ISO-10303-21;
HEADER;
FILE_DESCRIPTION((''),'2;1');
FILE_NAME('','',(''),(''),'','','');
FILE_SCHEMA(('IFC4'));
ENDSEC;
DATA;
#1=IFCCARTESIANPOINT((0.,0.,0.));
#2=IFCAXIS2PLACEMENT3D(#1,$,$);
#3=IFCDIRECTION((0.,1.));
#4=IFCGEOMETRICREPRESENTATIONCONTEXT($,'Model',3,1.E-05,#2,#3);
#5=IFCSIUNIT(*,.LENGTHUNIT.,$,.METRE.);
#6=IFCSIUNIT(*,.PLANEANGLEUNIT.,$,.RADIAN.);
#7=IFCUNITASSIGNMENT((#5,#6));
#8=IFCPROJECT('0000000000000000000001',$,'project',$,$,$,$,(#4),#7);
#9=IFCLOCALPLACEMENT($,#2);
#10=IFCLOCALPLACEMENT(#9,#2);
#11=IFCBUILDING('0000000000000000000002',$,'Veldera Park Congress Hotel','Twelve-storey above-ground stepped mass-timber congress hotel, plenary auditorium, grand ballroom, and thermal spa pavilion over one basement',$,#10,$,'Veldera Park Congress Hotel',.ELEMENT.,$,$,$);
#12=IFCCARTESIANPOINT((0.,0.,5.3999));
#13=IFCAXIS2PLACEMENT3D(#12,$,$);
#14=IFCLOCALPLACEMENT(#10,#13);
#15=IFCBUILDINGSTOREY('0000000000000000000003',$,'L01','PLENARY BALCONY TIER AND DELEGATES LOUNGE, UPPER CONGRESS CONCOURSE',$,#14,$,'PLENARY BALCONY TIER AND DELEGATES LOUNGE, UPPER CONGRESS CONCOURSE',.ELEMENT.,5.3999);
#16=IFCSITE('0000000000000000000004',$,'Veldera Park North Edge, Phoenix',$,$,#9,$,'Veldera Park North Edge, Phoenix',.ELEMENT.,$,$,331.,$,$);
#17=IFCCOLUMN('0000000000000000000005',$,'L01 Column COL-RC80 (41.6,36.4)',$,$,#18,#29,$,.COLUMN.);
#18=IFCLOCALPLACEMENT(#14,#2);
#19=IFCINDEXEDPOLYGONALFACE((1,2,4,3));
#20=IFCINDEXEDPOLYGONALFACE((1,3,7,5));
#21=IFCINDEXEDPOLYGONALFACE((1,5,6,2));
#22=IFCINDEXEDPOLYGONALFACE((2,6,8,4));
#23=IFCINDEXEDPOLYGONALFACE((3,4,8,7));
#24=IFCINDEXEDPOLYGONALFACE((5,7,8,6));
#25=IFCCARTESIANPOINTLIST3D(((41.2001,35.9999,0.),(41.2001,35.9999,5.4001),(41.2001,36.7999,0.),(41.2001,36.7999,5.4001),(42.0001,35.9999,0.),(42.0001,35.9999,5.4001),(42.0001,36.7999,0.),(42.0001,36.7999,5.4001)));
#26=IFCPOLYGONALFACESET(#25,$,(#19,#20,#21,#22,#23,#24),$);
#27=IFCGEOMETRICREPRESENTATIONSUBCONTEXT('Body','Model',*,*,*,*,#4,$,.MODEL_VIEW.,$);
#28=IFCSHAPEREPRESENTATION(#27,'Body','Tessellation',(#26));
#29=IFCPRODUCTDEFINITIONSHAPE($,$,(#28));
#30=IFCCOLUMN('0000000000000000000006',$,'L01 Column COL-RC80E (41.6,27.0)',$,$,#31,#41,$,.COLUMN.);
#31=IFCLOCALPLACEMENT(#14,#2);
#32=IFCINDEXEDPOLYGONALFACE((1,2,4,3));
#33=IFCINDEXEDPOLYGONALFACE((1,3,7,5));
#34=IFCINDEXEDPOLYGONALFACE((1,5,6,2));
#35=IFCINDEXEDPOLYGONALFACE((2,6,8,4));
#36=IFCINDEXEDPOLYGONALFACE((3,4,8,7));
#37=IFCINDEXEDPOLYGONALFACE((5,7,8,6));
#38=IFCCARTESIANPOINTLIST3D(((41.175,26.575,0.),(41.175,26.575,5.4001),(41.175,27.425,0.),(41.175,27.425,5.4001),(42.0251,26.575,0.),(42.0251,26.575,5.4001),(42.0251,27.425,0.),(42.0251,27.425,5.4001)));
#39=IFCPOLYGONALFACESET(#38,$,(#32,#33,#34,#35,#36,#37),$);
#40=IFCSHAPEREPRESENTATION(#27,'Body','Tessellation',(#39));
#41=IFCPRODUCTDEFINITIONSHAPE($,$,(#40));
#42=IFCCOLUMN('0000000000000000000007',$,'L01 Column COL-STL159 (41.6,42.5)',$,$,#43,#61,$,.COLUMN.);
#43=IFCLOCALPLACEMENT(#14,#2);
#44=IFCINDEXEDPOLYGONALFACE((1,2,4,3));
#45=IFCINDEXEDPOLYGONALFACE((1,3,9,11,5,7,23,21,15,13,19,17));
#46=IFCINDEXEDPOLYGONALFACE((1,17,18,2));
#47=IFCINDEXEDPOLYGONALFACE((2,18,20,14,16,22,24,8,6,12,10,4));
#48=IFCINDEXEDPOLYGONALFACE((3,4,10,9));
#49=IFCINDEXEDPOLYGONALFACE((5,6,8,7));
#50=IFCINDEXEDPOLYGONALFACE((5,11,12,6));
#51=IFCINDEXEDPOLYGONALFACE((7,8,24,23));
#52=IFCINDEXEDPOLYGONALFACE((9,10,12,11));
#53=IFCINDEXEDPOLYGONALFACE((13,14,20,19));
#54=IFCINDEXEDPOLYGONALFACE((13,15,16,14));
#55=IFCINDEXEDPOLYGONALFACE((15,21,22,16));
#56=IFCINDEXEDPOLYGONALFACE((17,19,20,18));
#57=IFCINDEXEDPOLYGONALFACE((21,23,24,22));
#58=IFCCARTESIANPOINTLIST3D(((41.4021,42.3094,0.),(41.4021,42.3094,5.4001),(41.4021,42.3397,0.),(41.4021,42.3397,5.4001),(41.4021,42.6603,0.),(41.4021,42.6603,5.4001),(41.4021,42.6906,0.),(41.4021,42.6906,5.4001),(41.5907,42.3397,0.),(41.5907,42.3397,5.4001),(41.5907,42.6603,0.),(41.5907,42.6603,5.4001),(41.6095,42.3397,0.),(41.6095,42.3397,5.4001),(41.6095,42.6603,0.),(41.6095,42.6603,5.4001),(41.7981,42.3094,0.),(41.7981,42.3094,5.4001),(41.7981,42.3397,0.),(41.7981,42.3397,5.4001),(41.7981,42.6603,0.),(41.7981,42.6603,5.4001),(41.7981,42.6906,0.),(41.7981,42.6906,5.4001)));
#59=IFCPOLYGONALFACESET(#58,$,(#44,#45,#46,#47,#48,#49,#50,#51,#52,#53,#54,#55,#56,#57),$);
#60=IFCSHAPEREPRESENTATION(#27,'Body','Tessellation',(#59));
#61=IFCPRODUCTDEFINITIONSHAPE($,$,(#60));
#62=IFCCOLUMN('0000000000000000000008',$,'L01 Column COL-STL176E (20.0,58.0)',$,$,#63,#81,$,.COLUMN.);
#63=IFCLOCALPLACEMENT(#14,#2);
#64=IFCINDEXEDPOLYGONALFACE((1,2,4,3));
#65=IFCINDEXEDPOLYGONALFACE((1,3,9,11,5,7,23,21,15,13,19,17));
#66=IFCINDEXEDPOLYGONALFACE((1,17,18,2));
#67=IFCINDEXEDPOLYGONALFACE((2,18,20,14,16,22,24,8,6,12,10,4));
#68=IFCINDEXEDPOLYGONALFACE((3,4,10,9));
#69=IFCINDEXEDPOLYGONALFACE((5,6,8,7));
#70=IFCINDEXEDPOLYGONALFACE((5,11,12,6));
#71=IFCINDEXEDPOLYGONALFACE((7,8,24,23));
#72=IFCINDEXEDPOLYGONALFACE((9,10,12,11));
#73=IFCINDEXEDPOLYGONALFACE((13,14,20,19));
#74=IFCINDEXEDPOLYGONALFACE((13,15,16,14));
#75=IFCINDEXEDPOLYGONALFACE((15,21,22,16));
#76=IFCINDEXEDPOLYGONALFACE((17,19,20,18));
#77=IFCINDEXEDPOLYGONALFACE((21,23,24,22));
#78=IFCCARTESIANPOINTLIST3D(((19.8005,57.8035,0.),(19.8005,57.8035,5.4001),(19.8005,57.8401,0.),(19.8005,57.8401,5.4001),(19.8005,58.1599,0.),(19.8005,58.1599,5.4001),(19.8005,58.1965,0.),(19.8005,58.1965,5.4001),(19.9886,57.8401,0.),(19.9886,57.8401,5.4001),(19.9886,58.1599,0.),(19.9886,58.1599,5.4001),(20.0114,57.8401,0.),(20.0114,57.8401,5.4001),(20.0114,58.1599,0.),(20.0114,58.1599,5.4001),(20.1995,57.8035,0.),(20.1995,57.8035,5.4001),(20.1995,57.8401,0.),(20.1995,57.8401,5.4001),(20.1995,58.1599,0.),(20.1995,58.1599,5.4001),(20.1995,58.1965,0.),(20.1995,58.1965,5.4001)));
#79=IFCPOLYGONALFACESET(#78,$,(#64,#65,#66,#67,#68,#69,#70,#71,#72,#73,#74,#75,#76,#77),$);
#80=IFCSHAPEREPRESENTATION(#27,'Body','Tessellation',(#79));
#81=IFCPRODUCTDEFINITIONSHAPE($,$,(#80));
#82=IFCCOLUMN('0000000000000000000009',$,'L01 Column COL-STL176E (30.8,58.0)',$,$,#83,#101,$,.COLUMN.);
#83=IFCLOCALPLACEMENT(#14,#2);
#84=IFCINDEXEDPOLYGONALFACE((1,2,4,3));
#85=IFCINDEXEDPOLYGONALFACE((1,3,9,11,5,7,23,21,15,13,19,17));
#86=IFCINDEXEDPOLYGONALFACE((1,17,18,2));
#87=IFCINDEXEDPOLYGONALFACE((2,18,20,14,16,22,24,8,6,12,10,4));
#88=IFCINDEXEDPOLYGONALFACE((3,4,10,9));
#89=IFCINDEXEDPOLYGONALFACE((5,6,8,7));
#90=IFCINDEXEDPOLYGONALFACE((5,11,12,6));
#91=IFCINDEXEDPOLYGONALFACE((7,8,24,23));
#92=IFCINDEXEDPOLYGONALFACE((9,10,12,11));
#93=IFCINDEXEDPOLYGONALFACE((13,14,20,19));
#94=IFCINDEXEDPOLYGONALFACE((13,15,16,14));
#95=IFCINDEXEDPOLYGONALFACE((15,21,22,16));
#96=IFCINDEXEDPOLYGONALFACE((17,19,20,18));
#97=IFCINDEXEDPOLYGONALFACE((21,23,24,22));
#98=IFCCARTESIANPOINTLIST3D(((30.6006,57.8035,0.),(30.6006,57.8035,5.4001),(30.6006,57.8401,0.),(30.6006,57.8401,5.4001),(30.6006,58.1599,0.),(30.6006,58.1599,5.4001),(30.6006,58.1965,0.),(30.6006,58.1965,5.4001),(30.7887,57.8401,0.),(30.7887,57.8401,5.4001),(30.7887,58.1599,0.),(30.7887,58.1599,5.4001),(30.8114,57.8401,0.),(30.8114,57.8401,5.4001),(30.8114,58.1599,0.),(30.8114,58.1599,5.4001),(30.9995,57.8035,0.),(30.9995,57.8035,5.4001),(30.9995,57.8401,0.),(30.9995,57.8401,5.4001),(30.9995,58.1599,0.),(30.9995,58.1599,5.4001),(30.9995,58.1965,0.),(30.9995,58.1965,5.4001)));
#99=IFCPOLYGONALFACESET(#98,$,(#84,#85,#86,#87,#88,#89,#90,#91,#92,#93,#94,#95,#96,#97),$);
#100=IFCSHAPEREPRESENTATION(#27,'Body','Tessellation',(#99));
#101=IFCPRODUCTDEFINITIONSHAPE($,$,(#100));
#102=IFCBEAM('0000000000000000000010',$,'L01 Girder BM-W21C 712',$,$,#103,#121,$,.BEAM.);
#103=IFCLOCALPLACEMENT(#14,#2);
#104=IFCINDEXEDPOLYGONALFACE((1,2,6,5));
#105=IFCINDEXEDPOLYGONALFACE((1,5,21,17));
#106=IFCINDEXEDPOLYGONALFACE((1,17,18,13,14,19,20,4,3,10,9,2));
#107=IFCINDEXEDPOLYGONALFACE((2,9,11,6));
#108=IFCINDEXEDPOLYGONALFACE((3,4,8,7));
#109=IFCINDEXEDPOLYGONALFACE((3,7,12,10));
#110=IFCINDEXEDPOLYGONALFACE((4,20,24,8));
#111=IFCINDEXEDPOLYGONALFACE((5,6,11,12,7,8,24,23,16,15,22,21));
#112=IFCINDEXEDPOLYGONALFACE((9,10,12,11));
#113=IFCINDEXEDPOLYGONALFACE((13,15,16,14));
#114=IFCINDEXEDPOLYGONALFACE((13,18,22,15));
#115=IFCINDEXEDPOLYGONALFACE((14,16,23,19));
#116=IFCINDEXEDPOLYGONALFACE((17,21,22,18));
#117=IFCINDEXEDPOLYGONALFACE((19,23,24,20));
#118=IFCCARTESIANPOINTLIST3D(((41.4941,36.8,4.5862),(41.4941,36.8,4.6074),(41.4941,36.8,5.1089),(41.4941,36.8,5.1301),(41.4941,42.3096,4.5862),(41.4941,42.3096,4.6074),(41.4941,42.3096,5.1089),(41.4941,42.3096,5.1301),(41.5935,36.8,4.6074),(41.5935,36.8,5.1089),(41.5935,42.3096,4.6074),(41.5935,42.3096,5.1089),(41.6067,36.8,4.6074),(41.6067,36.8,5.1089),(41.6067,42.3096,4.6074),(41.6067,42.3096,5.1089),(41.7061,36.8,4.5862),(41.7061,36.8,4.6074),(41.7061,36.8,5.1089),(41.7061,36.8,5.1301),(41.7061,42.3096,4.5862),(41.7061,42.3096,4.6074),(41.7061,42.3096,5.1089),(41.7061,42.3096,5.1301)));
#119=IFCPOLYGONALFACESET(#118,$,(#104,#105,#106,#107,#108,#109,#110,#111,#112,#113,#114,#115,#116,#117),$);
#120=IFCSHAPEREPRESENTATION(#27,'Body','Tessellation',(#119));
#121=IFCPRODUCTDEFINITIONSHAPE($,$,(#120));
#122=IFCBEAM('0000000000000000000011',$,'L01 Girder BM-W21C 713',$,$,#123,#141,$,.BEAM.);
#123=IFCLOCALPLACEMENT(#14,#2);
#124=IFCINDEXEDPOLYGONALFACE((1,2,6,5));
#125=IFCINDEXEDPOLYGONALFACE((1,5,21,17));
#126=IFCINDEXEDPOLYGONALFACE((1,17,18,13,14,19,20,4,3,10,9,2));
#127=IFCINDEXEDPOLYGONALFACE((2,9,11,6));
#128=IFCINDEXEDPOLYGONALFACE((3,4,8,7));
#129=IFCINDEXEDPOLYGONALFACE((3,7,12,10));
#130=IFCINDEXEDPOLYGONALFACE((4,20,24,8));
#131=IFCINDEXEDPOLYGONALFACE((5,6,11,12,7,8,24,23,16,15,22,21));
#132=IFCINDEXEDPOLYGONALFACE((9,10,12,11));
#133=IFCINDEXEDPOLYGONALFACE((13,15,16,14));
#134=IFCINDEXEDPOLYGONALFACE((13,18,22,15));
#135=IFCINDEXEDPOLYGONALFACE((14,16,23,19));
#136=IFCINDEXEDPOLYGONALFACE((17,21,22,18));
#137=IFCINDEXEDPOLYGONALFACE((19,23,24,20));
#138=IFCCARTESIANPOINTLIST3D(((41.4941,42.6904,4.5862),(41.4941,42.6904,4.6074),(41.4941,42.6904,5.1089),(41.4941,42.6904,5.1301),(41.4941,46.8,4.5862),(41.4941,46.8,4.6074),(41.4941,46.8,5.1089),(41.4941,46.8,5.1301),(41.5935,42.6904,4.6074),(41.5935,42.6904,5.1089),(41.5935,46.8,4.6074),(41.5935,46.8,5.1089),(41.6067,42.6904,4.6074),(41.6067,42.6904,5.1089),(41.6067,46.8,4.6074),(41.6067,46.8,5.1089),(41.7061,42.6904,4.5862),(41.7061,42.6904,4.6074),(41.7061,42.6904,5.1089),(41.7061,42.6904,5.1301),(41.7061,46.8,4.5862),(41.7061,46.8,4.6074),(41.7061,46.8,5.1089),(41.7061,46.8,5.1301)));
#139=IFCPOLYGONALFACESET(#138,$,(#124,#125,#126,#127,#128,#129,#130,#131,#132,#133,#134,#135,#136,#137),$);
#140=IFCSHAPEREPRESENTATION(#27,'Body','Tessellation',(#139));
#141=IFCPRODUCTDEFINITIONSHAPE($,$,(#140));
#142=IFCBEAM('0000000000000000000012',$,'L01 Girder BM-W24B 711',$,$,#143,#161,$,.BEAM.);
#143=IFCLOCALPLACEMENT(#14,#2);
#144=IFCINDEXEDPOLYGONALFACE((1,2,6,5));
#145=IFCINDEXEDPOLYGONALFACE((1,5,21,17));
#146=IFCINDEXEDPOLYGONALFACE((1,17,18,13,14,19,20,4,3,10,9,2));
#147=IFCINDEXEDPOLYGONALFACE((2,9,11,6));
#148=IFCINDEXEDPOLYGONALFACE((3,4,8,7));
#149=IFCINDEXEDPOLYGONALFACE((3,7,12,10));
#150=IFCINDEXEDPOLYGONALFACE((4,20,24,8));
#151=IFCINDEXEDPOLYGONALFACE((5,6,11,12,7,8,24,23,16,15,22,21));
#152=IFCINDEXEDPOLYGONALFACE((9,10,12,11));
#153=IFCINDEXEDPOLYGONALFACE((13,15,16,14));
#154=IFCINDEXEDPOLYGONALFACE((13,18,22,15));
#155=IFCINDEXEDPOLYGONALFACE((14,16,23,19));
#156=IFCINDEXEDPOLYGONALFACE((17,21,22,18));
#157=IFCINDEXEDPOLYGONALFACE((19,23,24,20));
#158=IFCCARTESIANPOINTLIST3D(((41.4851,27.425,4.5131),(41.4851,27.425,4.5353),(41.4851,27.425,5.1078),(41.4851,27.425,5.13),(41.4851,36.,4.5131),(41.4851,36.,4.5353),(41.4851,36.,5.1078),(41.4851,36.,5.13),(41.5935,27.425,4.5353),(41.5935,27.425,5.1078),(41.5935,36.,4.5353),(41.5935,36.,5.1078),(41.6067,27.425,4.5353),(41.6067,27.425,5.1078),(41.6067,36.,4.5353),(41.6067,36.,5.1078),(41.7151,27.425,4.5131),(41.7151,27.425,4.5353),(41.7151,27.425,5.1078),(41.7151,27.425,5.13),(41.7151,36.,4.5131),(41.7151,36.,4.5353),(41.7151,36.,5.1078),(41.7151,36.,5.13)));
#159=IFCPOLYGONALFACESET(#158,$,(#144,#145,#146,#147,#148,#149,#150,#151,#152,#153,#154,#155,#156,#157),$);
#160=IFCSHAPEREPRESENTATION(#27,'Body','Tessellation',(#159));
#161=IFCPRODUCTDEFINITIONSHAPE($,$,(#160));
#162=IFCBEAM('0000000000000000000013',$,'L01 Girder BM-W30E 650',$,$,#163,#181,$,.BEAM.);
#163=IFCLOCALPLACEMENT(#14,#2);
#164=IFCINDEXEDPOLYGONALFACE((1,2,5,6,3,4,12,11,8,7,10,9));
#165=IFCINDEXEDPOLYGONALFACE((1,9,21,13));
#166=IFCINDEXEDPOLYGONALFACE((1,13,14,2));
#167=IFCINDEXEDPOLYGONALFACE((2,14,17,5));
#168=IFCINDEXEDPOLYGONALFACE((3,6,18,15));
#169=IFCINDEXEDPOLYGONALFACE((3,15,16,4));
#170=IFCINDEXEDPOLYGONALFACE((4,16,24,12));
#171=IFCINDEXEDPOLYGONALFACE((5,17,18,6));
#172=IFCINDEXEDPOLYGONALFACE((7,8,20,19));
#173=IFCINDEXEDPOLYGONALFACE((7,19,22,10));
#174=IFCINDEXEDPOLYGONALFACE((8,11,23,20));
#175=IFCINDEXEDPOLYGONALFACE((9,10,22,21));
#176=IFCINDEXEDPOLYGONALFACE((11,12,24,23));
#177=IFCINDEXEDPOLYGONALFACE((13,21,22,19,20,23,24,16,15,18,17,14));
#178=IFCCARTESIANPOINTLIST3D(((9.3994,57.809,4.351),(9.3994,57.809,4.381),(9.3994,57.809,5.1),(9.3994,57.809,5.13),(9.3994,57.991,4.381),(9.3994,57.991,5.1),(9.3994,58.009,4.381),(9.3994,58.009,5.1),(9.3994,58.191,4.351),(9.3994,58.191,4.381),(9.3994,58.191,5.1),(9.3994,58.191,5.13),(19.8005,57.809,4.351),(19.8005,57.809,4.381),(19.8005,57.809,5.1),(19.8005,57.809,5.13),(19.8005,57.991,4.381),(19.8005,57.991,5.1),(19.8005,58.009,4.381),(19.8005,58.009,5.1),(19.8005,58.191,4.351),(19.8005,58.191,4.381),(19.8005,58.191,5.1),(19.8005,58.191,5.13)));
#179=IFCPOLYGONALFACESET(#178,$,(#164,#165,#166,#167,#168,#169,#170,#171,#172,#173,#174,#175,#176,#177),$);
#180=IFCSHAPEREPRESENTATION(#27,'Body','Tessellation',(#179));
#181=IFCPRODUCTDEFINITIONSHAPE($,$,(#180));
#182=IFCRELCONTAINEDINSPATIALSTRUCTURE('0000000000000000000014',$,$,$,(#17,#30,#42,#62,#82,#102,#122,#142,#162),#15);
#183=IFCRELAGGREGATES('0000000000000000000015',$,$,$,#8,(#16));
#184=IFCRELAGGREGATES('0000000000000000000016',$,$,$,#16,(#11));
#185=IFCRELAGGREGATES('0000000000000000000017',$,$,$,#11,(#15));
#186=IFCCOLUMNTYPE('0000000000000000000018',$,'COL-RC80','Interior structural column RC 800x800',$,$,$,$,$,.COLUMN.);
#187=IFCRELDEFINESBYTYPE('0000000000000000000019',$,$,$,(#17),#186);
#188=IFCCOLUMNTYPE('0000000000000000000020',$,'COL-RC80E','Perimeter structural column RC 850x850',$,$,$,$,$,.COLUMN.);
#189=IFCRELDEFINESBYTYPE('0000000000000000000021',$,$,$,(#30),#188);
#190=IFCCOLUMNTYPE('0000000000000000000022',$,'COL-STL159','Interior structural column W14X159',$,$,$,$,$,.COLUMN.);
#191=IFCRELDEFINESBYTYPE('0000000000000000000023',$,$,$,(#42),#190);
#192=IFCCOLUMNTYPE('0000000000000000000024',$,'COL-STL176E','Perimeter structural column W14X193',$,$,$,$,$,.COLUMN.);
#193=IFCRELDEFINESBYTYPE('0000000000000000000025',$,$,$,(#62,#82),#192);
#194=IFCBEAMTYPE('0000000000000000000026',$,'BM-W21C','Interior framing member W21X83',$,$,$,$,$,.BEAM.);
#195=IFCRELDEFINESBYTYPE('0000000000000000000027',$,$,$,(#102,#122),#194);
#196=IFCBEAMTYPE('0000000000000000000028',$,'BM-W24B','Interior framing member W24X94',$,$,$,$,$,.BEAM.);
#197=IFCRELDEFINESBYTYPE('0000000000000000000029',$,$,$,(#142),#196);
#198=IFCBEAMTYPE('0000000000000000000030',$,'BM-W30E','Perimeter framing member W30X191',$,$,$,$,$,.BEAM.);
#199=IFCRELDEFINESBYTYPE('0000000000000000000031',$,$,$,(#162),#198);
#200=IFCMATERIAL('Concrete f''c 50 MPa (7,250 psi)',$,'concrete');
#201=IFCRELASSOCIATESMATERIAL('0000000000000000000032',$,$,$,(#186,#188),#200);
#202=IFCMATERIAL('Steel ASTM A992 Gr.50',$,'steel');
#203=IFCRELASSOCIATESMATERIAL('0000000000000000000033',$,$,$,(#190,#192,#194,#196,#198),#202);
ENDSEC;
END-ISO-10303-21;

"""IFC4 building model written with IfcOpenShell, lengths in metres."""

from ifc_helpers import new_model, si_unit, direction, frame, origin, origin_2d, place, context, subcontext, project, spatial, rectangle, i_section, extrude, material, material_profile, profile_set, type_object, element, save


model = new_model("IFC4")

# Units and contexts
model_context = context("Model", 3, precision=1e-05, world=origin(), true_north=direction((0.0, 1.0)))
body_context = subcontext(model_context, "Body", "Model", "MODEL_VIEW")
ifc_project = project(units=[si_unit("LENGTHUNIT", "METRE"), si_unit("PLANEANGLEUNIT", "RADIAN")], contexts=[model_context])

# Site, building, storey
site_placement = place(None, origin())
site = spatial("IfcSite", under=ifc_project, at=site_placement, Name="Veldera Park North Edge, Phoenix", LongName="Veldera Park North Edge, Phoenix", CompositionType="ELEMENT", RefElevation=331.0)
building_placement = place(site_placement, origin())
building = spatial("IfcBuilding", under=site, at=building_placement, Name="Veldera Park Congress Hotel", Description="Twelve-storey above-ground stepped mass-timber congress hotel, plenary auditorium, grand ballroom, and thermal spa pavilion over one basement", LongName="Veldera Park Congress Hotel", CompositionType="ELEMENT")
storey_placement = place(building_placement, frame((0.0, 0.0, 5.3999)))
storey = spatial("IfcBuildingStorey", under=building, at=storey_placement, Name="L01", Description="PLENARY BALCONY TIER AND DELEGATES LOUNGE, UPPER CONGRESS CONCOURSE", LongName="PLENARY BALCONY TIER AND DELEGATES LOUNGE, UPPER CONGRESS CONCOURSE", CompositionType="ELEMENT", Elevation=5.3999)

# Columns
ifc_material_1 = material(Name="Concrete f'c 50 MPa (7,250 psi)", Category="concrete")
ifc_material_profile_1 = material_profile(ifc_material_1, rectangle(XDim=0.8, YDim=0.8, at=origin_2d()), Name="RC 800x800")
ifc_profile_set_1 = profile_set([ifc_material_profile_1], Name="Concrete f'c 50 MPa (7,250 psi)")
column_type_1 = type_object("IfcColumnType", Name="COL-RC80", Description="Interior structural column RC 800x800", PredefinedType="COLUMN", material=ifc_profile_set_1)
column_1_placement = place(storey_placement, frame((41.6001, 36.3999, 0.0), z_axis=(0.0, 0.0, 1.0), x_axis=(1.0, 0.0, 0.0)))
element("IfcColumn", 1, at=column_1_placement, inside=storey, type_object=column_type_1, Name="L01 Column COL-RC80 (41.6,36.4)", PredefinedType="COLUMN", context=body_context, shape_type="SweptSolid", body=[
    extrude(rectangle(XDim=0.8, YDim=0.8, at=origin_2d()), origin(), (0.0, 0.0, 1.0), 5.4001),
])
ifc_material_profile_2 = material_profile(ifc_material_1, rectangle(XDim=0.8501, YDim=0.8501, at=origin_2d()), Name="RC 850x850")
ifc_profile_set_2 = profile_set([ifc_material_profile_2], Name="Concrete f'c 50 MPa (7,250 psi)")
column_type_2 = type_object("IfcColumnType", Name="COL-RC80E", Description="Perimeter structural column RC 850x850", PredefinedType="COLUMN", material=ifc_profile_set_2)
column_2_placement = place(storey_placement, frame((41.6001, 27.0, 0.0), z_axis=(0.0, 0.0, 1.0), x_axis=(1.0, 0.0, 0.0)))
element("IfcColumn", 2, at=column_2_placement, inside=storey, type_object=column_type_2, Name="L01 Column COL-RC80E (41.6,27.0)", PredefinedType="COLUMN", context=body_context, shape_type="SweptSolid", body=[
    extrude(rectangle(XDim=0.8501, YDim=0.8501, at=origin_2d()), origin(), (0.0, 0.0, 1.0), 5.4001),
])
ifc_material_2 = material(Name="Steel ASTM A992 Gr.50", Category="steel")
ifc_material_profile_3 = material_profile(ifc_material_2, i_section(OverallWidth=0.396, OverallDepth=0.3811, WebThickness=0.0188, FlangeThickness=0.0303, at=origin_2d()), Name="W14X159")
ifc_profile_set_3 = profile_set([ifc_material_profile_3], Name="Steel ASTM A992 Gr.50")
column_type_3 = type_object("IfcColumnType", Name="COL-STL159", Description="Interior structural column W14X159", PredefinedType="COLUMN", material=ifc_profile_set_3)
column_3_placement = place(storey_placement, frame((41.6001, 42.5, 0.0), z_axis=(0.0, 0.0, 1.0), x_axis=(1.0, 0.0, 0.0)))
element("IfcColumn", 3, at=column_3_placement, inside=storey, type_object=column_type_3, Name="L01 Column COL-STL159 (41.6,42.5)", PredefinedType="COLUMN", context=body_context, shape_type="SweptSolid", body=[
    extrude(i_section(OverallWidth=0.396, OverallDepth=0.3811, WebThickness=0.0188, FlangeThickness=0.0303, at=origin_2d()), origin(), (0.0, 0.0, 1.0), 5.4001),
])
ifc_material_profile_4 = material_profile(ifc_material_2, i_section(OverallWidth=0.3989, OverallDepth=0.3931, WebThickness=0.0227, FlangeThickness=0.0366, at=origin_2d()), Name="W14X193")
ifc_profile_set_4 = profile_set([ifc_material_profile_4], Name="Steel ASTM A992 Gr.50")
column_type_4 = type_object("IfcColumnType", Name="COL-STL176E", Description="Perimeter structural column W14X193", PredefinedType="COLUMN", material=ifc_profile_set_4)
for number, where, z_axis, x_axis, name in (
    (4, (20.0, 58.0, 0.0), (0.0, 0.0, 1.0), (1.0, 0.0, 0.0), "L01 Column COL-STL176E (20.0,58.0)"),
    (5, (30.8, 58.0, 0.0), (0.0, 0.0, 1.0), (1.0, 0.0, 0.0), "L01 Column COL-STL176E (30.8,58.0)"),
):
    element("IfcColumn", number, at=place(storey_placement, frame(where, z_axis=z_axis, x_axis=x_axis)), inside=storey, type_object=column_type_4, Name=name, PredefinedType="COLUMN", context=body_context, shape_type="SweptSolid", body=[
        extrude(i_section(OverallWidth=0.3989, OverallDepth=0.3931, WebThickness=0.0227, FlangeThickness=0.0366, at=origin_2d()), origin(), (0.0, 0.0, 1.0), 5.4001),
    ])

# Beams
ifc_material_profile_5 = material_profile(ifc_material_2, i_section(OverallWidth=0.2119, OverallDepth=0.5439, WebThickness=0.0132, FlangeThickness=0.0212, at=origin_2d()), Name="W21X83")
ifc_profile_set_5 = profile_set([ifc_material_profile_5], Name="Steel ASTM A992 Gr.50")
beam_type_1 = type_object("IfcBeamType", Name="BM-W21C", Description="Interior framing member W21X83", PredefinedType="BEAM", material=ifc_profile_set_5)
beam_1_placement = place(storey_placement, frame((41.6001, 36.8, 4.8582), z_axis=(0.0, 1.0, 0.0), x_axis=(-1.0, 0.0, 0.0)))
element("IfcBeam", 6, at=beam_1_placement, inside=storey, type_object=beam_type_1, Name="L01 Girder BM-W21C 712", PredefinedType="BEAM", context=body_context, shape_type="SweptSolid", body=[
    extrude(i_section(OverallWidth=0.2119, OverallDepth=0.5439, WebThickness=0.0132, FlangeThickness=0.0212, at=origin_2d()), origin(), (0.0, 0.0, 1.0), 5.5095),
])
beam_2_placement = place(storey_placement, frame((41.6001, 42.6904, 4.8582), z_axis=(0.0, 1.0, 0.0), x_axis=(-1.0, 0.0, 0.0)))
element("IfcBeam", 7, at=beam_2_placement, inside=storey, type_object=beam_type_1, Name="L01 Girder BM-W21C 713", PredefinedType="BEAM", context=body_context, shape_type="SweptSolid", body=[
    extrude(i_section(OverallWidth=0.2119, OverallDepth=0.5439, WebThickness=0.0132, FlangeThickness=0.0212, at=origin_2d()), origin(), (0.0, 0.0, 1.0), 4.1096),
])
ifc_material_profile_6 = material_profile(ifc_material_2, i_section(OverallWidth=0.23, OverallDepth=0.6169, WebThickness=0.0132, FlangeThickness=0.0222, at=origin_2d()), Name="W24X94")
ifc_profile_set_6 = profile_set([ifc_material_profile_6], Name="Steel ASTM A992 Gr.50")
beam_type_2 = type_object("IfcBeamType", Name="BM-W24B", Description="Interior framing member W24X94", PredefinedType="BEAM", material=ifc_profile_set_6)
beam_3_placement = place(storey_placement, frame((41.6001, 27.425, 4.8215), z_axis=(0.0, 1.0, 0.0), x_axis=(-1.0, 0.0, 0.0)))
element("IfcBeam", 8, at=beam_3_placement, inside=storey, type_object=beam_type_2, Name="L01 Girder BM-W24B 711", PredefinedType="BEAM", context=body_context, shape_type="SweptSolid", body=[
    extrude(i_section(OverallWidth=0.23, OverallDepth=0.6169, WebThickness=0.0132, FlangeThickness=0.0222, at=origin_2d()), origin(), (0.0, 0.0, 1.0), 8.575),
])
ifc_material_profile_7 = material_profile(ifc_material_2, i_section(OverallWidth=0.3821, OverallDepth=0.7791, WebThickness=0.0181, FlangeThickness=0.03, at=origin_2d()), Name="W30X191")
ifc_profile_set_7 = profile_set([ifc_material_profile_7], Name="Steel ASTM A992 Gr.50")
beam_type_3 = type_object("IfcBeamType", Name="BM-W30E", Description="Perimeter framing member W30X191", PredefinedType="BEAM", material=ifc_profile_set_7)
for number, where, z_axis, x_axis, name in (
    (9, (9.3994, 58.0, 4.7405), (1.0, 0.0, 0.0), (0.0, 1.0, 0.0), "L01 Girder BM-W30E 650"),
):
    element("IfcBeam", number, at=place(storey_placement, frame(where, z_axis=z_axis, x_axis=x_axis)), inside=storey, type_object=beam_type_3, Name=name, PredefinedType="BEAM", context=body_context, shape_type="SweptSolid", body=[
        extrude(i_section(OverallWidth=0.3821, OverallDepth=0.7791, WebThickness=0.0181, FlangeThickness=0.03, at=origin_2d()), origin(), (0.0, 0.0, 1.0), 10.4011),
    ])

save(model, "model.ifc")
